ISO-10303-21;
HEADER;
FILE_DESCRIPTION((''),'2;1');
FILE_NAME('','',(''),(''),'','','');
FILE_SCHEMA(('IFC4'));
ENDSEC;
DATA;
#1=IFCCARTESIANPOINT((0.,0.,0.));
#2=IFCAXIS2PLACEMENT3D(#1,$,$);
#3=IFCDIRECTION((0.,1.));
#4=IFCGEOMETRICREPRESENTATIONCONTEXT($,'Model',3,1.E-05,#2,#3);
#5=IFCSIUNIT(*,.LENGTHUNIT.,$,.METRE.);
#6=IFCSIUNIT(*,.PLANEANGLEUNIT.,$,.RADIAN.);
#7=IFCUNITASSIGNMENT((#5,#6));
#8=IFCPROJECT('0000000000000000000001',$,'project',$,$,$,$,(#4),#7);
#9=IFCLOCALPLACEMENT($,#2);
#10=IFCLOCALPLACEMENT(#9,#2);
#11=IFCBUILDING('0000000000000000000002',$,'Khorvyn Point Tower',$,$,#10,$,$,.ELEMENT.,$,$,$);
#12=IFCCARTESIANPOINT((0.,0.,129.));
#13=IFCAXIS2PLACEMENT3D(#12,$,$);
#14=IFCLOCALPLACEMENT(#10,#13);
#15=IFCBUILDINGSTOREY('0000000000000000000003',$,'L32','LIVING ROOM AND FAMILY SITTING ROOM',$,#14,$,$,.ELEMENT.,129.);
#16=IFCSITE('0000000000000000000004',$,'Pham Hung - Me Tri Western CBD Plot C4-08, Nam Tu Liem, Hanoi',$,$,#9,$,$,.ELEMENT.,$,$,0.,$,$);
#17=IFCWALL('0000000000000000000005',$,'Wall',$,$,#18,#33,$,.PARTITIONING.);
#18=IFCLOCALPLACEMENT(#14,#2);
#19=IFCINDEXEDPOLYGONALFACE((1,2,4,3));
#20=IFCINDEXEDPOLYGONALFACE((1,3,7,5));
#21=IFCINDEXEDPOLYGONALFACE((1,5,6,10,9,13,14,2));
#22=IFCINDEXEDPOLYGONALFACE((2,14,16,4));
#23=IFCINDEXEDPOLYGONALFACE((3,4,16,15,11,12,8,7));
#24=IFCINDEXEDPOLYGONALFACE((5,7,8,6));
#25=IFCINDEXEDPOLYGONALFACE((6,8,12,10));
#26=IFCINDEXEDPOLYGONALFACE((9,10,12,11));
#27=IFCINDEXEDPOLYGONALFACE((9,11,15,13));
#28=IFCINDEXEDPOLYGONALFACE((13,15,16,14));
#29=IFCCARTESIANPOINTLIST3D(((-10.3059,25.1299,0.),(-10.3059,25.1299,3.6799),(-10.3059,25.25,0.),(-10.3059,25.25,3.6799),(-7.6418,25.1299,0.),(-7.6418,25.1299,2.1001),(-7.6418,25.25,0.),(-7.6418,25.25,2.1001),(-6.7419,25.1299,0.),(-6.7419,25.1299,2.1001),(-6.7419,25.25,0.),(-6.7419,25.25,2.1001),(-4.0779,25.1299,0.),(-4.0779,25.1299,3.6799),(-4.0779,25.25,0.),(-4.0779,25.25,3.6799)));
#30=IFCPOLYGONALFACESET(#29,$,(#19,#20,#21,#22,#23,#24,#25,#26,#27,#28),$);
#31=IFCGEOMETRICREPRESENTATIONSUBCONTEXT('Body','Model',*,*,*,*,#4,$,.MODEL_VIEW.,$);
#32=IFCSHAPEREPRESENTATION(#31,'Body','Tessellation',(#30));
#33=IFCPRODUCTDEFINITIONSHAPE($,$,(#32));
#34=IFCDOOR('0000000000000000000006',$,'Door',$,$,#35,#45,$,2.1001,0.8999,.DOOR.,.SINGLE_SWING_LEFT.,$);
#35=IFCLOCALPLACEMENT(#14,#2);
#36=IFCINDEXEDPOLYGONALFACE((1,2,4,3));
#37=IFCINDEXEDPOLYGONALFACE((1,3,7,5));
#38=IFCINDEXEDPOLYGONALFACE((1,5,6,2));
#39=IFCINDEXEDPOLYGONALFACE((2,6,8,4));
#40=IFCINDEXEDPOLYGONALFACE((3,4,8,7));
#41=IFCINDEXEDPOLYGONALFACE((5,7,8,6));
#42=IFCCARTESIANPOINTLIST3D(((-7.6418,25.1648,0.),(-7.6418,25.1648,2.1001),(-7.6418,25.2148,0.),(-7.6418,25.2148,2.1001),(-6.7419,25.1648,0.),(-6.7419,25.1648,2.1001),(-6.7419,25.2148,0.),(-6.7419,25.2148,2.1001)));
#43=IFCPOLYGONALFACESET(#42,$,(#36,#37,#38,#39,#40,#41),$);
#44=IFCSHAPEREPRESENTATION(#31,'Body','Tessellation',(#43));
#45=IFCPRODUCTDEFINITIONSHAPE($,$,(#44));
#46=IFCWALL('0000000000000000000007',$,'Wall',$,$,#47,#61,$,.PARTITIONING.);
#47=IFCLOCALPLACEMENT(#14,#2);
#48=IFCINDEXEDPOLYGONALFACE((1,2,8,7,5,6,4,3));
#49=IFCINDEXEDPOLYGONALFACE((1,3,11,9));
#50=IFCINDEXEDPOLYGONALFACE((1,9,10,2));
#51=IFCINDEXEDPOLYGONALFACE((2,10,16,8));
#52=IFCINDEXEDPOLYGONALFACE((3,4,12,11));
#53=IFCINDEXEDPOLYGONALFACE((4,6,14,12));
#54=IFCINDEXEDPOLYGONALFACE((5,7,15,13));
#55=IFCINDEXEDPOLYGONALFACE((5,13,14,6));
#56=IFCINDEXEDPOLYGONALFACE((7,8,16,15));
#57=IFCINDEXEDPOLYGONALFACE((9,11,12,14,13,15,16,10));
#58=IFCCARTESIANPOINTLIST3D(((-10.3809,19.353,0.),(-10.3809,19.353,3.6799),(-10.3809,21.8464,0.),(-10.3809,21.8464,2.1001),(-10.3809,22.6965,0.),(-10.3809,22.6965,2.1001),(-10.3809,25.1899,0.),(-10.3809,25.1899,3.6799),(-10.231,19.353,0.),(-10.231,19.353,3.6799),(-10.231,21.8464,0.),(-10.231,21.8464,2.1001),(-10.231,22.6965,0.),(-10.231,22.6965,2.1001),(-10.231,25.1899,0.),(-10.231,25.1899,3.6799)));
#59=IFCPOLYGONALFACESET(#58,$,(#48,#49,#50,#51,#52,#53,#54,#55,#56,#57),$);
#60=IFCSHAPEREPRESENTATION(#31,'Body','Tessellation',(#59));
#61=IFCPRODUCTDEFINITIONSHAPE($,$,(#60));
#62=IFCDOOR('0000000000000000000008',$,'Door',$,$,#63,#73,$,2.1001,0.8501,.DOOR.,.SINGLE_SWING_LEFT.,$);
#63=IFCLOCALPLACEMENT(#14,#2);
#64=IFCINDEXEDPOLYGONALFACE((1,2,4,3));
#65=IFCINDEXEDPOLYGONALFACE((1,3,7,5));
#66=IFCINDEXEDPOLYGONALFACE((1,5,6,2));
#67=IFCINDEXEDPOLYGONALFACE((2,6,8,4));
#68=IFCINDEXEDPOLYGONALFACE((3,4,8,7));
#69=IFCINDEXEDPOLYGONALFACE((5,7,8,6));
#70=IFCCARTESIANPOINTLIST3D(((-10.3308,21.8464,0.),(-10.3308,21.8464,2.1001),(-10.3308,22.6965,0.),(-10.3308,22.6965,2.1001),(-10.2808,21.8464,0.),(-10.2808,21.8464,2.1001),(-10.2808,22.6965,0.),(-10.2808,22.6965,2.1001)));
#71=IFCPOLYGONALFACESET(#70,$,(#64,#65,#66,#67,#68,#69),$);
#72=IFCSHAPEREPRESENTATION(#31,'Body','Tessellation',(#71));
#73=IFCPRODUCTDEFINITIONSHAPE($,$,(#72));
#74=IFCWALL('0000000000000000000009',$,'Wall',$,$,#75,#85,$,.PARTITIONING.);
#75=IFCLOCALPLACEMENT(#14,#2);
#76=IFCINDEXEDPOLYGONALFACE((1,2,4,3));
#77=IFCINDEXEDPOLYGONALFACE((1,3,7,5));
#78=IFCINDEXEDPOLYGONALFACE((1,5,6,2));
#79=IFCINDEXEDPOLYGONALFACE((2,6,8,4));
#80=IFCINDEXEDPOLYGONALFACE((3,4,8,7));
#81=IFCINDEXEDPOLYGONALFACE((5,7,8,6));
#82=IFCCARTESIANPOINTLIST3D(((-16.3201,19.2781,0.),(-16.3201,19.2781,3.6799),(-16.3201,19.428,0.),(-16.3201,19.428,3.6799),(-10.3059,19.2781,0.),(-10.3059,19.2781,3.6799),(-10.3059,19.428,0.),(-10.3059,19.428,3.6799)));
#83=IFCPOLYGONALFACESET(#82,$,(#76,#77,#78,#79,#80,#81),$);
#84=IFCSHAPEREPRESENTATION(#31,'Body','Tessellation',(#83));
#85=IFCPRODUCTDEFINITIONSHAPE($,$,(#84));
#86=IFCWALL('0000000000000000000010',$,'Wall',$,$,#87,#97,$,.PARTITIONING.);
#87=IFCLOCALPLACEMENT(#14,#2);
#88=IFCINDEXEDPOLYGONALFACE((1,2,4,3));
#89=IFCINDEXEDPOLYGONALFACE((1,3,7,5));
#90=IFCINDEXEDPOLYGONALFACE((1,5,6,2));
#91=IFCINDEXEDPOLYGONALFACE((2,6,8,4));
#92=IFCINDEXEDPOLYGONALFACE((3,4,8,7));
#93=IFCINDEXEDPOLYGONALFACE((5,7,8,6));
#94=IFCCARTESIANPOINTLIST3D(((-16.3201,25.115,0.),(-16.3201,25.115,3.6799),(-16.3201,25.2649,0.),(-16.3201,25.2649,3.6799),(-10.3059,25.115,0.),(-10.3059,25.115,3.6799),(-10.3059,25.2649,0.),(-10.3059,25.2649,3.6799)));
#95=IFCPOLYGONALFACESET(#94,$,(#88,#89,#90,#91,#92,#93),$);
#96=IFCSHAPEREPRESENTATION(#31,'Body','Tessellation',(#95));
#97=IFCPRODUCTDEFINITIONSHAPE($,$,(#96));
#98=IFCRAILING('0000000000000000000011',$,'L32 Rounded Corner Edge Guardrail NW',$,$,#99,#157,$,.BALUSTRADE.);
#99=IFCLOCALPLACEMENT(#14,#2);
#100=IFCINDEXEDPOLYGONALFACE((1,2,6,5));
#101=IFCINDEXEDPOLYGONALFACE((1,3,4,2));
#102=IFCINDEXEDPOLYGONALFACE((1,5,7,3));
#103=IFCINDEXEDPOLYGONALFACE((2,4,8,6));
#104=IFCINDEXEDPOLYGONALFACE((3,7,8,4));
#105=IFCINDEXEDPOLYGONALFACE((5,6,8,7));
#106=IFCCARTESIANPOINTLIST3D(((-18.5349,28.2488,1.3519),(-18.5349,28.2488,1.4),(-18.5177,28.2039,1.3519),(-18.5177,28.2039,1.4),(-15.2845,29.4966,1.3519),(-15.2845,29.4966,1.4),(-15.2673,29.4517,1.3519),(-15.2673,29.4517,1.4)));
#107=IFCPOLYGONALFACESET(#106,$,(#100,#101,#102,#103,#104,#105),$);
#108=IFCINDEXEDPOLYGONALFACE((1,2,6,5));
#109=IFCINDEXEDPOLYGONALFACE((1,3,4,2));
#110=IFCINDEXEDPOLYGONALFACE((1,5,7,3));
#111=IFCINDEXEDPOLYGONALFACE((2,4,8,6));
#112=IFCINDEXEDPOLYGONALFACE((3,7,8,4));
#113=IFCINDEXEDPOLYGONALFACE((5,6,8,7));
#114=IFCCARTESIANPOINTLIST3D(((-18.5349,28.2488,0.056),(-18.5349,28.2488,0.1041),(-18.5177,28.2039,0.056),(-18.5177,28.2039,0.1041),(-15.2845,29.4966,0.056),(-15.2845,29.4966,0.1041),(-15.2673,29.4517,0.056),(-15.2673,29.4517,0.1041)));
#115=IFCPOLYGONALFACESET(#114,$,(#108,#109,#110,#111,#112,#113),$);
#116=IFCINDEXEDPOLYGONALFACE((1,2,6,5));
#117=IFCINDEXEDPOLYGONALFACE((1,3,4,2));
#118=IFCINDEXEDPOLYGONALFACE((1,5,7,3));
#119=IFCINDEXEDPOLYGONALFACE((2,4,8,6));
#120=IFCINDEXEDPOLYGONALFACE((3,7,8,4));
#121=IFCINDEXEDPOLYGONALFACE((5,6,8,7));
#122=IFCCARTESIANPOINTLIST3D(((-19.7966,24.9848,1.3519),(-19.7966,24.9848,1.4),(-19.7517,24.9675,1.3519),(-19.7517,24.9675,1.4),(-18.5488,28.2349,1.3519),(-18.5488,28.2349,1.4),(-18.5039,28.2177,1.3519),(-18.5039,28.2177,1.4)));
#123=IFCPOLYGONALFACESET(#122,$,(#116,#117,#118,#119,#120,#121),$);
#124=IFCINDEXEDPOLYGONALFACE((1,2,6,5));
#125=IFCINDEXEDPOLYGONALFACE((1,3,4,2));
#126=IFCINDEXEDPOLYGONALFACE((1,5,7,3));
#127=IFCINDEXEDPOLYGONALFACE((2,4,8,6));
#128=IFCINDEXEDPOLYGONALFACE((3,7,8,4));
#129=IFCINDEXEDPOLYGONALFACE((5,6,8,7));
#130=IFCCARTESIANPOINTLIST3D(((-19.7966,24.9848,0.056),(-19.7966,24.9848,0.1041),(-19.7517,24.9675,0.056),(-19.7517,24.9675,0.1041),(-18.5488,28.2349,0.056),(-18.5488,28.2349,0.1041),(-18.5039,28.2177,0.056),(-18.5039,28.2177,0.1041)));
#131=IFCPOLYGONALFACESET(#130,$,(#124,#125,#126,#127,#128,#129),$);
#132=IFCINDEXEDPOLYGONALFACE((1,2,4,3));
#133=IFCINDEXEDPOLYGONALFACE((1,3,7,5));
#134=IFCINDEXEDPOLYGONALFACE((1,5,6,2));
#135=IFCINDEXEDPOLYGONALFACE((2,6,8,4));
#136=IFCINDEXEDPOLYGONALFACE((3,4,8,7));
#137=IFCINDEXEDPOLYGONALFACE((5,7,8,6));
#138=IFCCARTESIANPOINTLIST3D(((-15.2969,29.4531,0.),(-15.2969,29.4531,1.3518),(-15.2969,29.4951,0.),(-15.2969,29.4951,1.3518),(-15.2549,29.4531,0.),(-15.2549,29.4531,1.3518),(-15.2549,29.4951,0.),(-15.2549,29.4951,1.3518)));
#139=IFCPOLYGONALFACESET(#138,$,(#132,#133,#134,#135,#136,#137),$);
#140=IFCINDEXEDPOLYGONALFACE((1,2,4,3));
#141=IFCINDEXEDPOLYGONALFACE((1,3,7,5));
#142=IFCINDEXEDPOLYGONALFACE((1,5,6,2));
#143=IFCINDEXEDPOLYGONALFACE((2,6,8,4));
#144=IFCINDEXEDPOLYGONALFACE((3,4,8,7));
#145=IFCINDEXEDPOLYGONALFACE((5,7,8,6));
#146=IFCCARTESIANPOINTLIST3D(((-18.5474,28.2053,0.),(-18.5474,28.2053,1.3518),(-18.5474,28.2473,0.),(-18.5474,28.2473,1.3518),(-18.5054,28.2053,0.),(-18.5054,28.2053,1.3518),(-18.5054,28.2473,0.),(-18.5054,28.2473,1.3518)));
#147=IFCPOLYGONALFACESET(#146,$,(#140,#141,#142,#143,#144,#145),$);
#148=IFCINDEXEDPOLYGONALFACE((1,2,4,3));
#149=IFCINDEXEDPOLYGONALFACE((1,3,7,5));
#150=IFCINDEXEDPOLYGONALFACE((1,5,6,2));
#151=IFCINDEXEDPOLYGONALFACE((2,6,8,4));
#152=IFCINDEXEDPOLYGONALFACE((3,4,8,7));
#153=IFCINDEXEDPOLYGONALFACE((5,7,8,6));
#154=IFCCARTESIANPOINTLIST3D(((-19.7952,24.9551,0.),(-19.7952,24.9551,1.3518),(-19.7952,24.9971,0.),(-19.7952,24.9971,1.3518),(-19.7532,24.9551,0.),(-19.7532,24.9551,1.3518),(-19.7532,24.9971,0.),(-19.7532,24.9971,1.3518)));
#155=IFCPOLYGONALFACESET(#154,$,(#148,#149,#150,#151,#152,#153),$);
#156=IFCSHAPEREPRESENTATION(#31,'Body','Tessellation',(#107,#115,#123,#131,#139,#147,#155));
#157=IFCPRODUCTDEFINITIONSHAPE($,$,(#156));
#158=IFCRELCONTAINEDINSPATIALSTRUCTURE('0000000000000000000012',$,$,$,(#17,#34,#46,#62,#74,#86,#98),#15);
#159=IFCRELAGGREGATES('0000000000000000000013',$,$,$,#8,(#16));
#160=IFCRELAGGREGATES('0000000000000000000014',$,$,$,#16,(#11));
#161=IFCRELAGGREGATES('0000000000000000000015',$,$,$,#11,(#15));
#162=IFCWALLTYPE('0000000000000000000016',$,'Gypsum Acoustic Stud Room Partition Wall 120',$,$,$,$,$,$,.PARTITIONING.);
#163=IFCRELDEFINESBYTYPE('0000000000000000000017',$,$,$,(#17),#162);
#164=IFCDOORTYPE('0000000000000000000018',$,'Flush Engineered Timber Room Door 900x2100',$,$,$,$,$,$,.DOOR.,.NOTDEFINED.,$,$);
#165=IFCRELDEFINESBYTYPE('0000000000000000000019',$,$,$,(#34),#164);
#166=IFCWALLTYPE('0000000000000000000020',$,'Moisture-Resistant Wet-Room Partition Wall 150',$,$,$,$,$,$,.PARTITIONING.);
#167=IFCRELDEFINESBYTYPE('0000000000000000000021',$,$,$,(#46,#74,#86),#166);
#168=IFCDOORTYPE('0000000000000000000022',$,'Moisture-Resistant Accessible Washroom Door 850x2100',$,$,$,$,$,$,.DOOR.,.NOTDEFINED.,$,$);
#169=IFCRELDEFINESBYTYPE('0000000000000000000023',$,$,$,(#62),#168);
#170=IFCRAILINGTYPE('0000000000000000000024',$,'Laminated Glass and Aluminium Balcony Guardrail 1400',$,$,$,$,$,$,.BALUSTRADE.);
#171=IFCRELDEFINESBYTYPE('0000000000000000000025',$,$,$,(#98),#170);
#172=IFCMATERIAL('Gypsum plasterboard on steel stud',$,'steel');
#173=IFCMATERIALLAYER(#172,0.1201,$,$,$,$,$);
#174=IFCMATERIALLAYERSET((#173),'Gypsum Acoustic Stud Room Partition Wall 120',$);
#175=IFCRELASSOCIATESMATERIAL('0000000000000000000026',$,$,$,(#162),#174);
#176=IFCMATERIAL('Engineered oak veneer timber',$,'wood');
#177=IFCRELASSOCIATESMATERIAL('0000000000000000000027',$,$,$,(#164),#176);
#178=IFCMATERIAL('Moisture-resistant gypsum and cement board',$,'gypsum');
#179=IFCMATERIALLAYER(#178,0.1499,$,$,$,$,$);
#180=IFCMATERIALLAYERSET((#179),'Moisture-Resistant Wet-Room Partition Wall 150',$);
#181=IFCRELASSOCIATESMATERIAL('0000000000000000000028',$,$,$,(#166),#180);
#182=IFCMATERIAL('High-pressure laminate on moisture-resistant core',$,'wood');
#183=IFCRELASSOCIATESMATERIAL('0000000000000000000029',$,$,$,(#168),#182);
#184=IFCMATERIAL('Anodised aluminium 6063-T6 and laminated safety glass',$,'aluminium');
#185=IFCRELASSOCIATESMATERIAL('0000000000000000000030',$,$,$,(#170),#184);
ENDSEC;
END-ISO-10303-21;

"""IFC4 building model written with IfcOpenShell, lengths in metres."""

from ifc_helpers import new_model, si_unit, direction, frame, frame_2d, origin, origin_2d, place, context, subcontext, project, spatial, rectangle, extrude, material, layer, layer_set, type_object, element, fill, save


model = new_model("IFC4")

# Units and contexts
model_context = context("Model", 3, precision=1e-05, world=origin(), true_north=direction((0.0, 1.0)))
body_context = subcontext(model_context, "Body", "Model", "MODEL_VIEW")
ifc_project = project(units=[si_unit("LENGTHUNIT", "METRE"), si_unit("PLANEANGLEUNIT", "RADIAN")], contexts=[model_context])

# Site, building, storey
site_placement = place(None, origin())
site = spatial("IfcSite", under=ifc_project, at=site_placement, Name="Pham Hung - Me Tri Western CBD Plot C4-08, Nam Tu Liem, Hanoi", CompositionType="ELEMENT", RefElevation=0.0)
building_placement = place(site_placement, origin())
building = spatial("IfcBuilding", under=site, at=building_placement, Name="Khorvyn Point Tower", CompositionType="ELEMENT")
storey_placement = place(building_placement, frame((0.0, 0.0, 129.0)))
storey = spatial("IfcBuildingStorey", under=building, at=storey_placement, Name="L32", Description="LIVING ROOM AND FAMILY SITTING ROOM", CompositionType="ELEMENT", Elevation=129.0)

# Walls, openings, doors
ifc_material_1 = material(Name="Gypsum plasterboard on steel stud", Category="steel")
ifc_layer_1 = layer(ifc_material_1, 0.1201)
ifc_layer_set_1 = layer_set([ifc_layer_1], Name="Gypsum Acoustic Stud Room Partition Wall 120")
wall_type_1 = type_object("IfcWallType", Name="Gypsum Acoustic Stud Room Partition Wall 120", PredefinedType="PARTITIONING", material=ifc_layer_set_1)
wall_1_placement = place(storey_placement, frame((-10.3059, 25.1899, 0.0), z_axis=(0.0, 0.0, 1.0), x_axis=(1.0, 0.0, 0.0)))
wall_1 = element("IfcWall", 1, at=wall_1_placement, inside=storey, type_object=wall_type_1, Name="Wall", PredefinedType="PARTITIONING", context=body_context, shape_type="SweptSolid", body=[
    extrude(rectangle(XDim=6.228, YDim=0.1201, at=frame_2d((3.114, 0.0))), origin(), (0.0, 0.0, 1.0), 3.6799),
])
opening_1_placement = place(wall_1_placement, frame((2.6641, 0.0, 0.0)))
opening_1 = element("IfcOpeningElement", 2, at=opening_1_placement, cuts=wall_1, PredefinedType="OPENING", context=body_context, shape_type="SweptSolid", body=[
    extrude(rectangle(XDim=0.8999, YDim=2.1001, at=frame_2d((0.45, 1.05))), frame((0.0, 0.0701, 0.0), z_axis=(0.0, -1.0, 0.0), x_axis=(1.0, 0.0, 0.0)), (0.0, 0.0, 1.0), 0.1401),
])
ifc_material_2 = material(Name="Engineered oak veneer timber", Category="wood")
door_type_1 = type_object("IfcDoorType", Name="Flush Engineered Timber Room Door 900x2100", OperationType="NOTDEFINED", PredefinedType="DOOR", material=ifc_material_2)
door_1_placement = place(opening_1_placement, origin())
door_1 = element("IfcDoor", 3, at=door_1_placement, inside=storey, type_object=door_type_1, Name="Door", OperationType="SINGLE_SWING_LEFT", OverallHeight=2.1001, OverallWidth=0.8999, PredefinedType="DOOR", context=body_context, shape_type="SweptSolid", body=[
    extrude(rectangle(XDim=0.8999, YDim=2.1001, at=frame_2d((0.45, 1.05))), frame((0.0, 0.0249, 0.0), z_axis=(0.0, -1.0, 0.0), x_axis=(1.0, 0.0, 0.0)), (0.0, 0.0, 1.0), 0.05),
])
fill(opening_1, door_1)
ifc_material_3 = material(Name="Moisture-resistant gypsum and cement board", Category="gypsum")
ifc_layer_2 = layer(ifc_material_3, 0.1499)
ifc_layer_set_2 = layer_set([ifc_layer_2], Name="Moisture-Resistant Wet-Room Partition Wall 150")
wall_type_2 = type_object("IfcWallType", Name="Moisture-Resistant Wet-Room Partition Wall 150", PredefinedType="PARTITIONING", material=ifc_layer_set_2)
wall_2_placement = place(storey_placement, frame((-10.3059, 19.353, 0.0), z_axis=(0.0, 0.0, 1.0), x_axis=(0.0, 1.0, 0.0)))
wall_2 = element("IfcWall", 4, at=wall_2_placement, inside=storey, type_object=wall_type_2, Name="Wall", PredefinedType="PARTITIONING", context=body_context, shape_type="SweptSolid", body=[
    extrude(rectangle(XDim=5.8369, YDim=0.1499, at=frame_2d((2.9185, 0.0))), origin(), (0.0, 0.0, 1.0), 3.6799),
])
opening_2_placement = place(wall_2_placement, frame((2.4934, 0.0, 0.0)))
opening_2 = element("IfcOpeningElement", 5, at=opening_2_placement, cuts=wall_2, PredefinedType="OPENING", context=body_context, shape_type="SweptSolid", body=[
    extrude(rectangle(XDim=0.8501, YDim=2.1001, at=frame_2d((0.425, 1.05))), frame((0.0, 0.085, 0.0), z_axis=(0.0, -1.0, 0.0), x_axis=(1.0, 0.0, 0.0)), (0.0, 0.0, 1.0), 0.1699),
])
ifc_material_4 = material(Name="High-pressure laminate on moisture-resistant core", Category="wood")
door_type_2 = type_object("IfcDoorType", Name="Moisture-Resistant Accessible Washroom Door 850x2100", OperationType="NOTDEFINED", PredefinedType="DOOR", material=ifc_material_4)
door_2_placement = place(opening_2_placement, origin())
door_2 = element("IfcDoor", 6, at=door_2_placement, inside=storey, type_object=door_type_2, Name="Door", OperationType="SINGLE_SWING_LEFT", OverallHeight=2.1001, OverallWidth=0.8501, PredefinedType="DOOR", context=body_context, shape_type="SweptSolid", body=[
    extrude(rectangle(XDim=0.8501, YDim=2.1001, at=frame_2d((0.425, 1.05))), frame((0.0, 0.0249, 0.0), z_axis=(0.0, -1.0, 0.0), x_axis=(1.0, 0.0, 0.0)), (0.0, 0.0, 1.0), 0.05),
])
fill(opening_2, door_2)

# Walls
for number, where, z_axis, x_axis, name in (
    (7, (-16.3201, 19.353, 0.0), (0.0, 0.0, 1.0), (1.0, 0.0, 0.0), "Wall"),
    (8, (-16.3201, 25.1899, 0.0), (0.0, 0.0, 1.0), (1.0, 0.0, 0.0), "Wall"),
):
    element("IfcWall", number, at=place(storey_placement, frame(where, z_axis=z_axis, x_axis=x_axis)), inside=storey, type_object=wall_type_2, Name=name, PredefinedType="PARTITIONING", context=body_context, shape_type="SweptSolid", body=[
        extrude(rectangle(XDim=6.0142, YDim=0.1499, at=frame_2d((3.0071, 0.0))), origin(), (0.0, 0.0, 1.0), 3.6799),
    ])

# Railing
ifc_material_5 = material(Name="Anodised aluminium 6063-T6 and laminated safety glass", Category="aluminium")
railing_type = type_object("IfcRailingType", Name="Laminated Glass and Aluminium Balcony Guardrail 1400", PredefinedType="BALUSTRADE", material=ifc_material_5)
railing_placement = place(storey_placement, frame((-15.2759, 29.4741, 0.0)))
element("IfcRailing", 9, at=railing_placement, inside=storey, type_object=railing_type, Name="L32 Rounded Corner Edge Guardrail NW", PredefinedType="BALUSTRADE", context=body_context, shape_type="SweptSolid", body=[
    extrude(rectangle(XDim=0.0481, YDim=0.0481, at=origin_2d()), frame((0.0, 0.0, 1.376), z_axis=(-0.933575, -0.358382, 0.0), x_axis=(0.358382, -0.933575, 0.0)), (0.0, 0.0, 1.0), 3.4817),
    extrude(rectangle(XDim=0.0481, YDim=0.0481, at=origin_2d()), frame((0.0, 0.0, 0.0801), z_axis=(-0.933575, -0.358382, 0.0), x_axis=(0.358382, -0.933575, 0.0)), (0.0, 0.0, 1.0), 3.4817),
    extrude(rectangle(XDim=0.0481, YDim=0.0481, at=origin_2d()), frame((-3.2505, -1.2478, 1.376), z_axis=(-0.358406, -0.933566, 0.0), x_axis=(0.933566, -0.358406, 0.0)), (0.0, 0.0, 1.0), 3.4814),
    extrude(rectangle(XDim=0.0481, YDim=0.0481, at=origin_2d()), frame((-3.2505, -1.2478, 0.0801), z_axis=(-0.358406, -0.933566, 0.0), x_axis=(0.933566, -0.358406, 0.0)), (0.0, 0.0, 1.0), 3.4814),
    extrude(rectangle(XDim=0.042, YDim=0.042, at=origin_2d()), origin(), (0.0, 0.0, 1.0), 1.3518),
    extrude(rectangle(XDim=0.042, YDim=0.042, at=origin_2d()), frame((-3.2505, -1.2478, 0.0)), (0.0, 0.0, 1.0), 1.3518),
    extrude(rectangle(XDim=0.042, YDim=0.042, at=origin_2d()), frame((-4.4983, -4.498, 0.0)), (0.0, 0.0, 1.0), 1.3518),
])

save(model, "model.ifc")
